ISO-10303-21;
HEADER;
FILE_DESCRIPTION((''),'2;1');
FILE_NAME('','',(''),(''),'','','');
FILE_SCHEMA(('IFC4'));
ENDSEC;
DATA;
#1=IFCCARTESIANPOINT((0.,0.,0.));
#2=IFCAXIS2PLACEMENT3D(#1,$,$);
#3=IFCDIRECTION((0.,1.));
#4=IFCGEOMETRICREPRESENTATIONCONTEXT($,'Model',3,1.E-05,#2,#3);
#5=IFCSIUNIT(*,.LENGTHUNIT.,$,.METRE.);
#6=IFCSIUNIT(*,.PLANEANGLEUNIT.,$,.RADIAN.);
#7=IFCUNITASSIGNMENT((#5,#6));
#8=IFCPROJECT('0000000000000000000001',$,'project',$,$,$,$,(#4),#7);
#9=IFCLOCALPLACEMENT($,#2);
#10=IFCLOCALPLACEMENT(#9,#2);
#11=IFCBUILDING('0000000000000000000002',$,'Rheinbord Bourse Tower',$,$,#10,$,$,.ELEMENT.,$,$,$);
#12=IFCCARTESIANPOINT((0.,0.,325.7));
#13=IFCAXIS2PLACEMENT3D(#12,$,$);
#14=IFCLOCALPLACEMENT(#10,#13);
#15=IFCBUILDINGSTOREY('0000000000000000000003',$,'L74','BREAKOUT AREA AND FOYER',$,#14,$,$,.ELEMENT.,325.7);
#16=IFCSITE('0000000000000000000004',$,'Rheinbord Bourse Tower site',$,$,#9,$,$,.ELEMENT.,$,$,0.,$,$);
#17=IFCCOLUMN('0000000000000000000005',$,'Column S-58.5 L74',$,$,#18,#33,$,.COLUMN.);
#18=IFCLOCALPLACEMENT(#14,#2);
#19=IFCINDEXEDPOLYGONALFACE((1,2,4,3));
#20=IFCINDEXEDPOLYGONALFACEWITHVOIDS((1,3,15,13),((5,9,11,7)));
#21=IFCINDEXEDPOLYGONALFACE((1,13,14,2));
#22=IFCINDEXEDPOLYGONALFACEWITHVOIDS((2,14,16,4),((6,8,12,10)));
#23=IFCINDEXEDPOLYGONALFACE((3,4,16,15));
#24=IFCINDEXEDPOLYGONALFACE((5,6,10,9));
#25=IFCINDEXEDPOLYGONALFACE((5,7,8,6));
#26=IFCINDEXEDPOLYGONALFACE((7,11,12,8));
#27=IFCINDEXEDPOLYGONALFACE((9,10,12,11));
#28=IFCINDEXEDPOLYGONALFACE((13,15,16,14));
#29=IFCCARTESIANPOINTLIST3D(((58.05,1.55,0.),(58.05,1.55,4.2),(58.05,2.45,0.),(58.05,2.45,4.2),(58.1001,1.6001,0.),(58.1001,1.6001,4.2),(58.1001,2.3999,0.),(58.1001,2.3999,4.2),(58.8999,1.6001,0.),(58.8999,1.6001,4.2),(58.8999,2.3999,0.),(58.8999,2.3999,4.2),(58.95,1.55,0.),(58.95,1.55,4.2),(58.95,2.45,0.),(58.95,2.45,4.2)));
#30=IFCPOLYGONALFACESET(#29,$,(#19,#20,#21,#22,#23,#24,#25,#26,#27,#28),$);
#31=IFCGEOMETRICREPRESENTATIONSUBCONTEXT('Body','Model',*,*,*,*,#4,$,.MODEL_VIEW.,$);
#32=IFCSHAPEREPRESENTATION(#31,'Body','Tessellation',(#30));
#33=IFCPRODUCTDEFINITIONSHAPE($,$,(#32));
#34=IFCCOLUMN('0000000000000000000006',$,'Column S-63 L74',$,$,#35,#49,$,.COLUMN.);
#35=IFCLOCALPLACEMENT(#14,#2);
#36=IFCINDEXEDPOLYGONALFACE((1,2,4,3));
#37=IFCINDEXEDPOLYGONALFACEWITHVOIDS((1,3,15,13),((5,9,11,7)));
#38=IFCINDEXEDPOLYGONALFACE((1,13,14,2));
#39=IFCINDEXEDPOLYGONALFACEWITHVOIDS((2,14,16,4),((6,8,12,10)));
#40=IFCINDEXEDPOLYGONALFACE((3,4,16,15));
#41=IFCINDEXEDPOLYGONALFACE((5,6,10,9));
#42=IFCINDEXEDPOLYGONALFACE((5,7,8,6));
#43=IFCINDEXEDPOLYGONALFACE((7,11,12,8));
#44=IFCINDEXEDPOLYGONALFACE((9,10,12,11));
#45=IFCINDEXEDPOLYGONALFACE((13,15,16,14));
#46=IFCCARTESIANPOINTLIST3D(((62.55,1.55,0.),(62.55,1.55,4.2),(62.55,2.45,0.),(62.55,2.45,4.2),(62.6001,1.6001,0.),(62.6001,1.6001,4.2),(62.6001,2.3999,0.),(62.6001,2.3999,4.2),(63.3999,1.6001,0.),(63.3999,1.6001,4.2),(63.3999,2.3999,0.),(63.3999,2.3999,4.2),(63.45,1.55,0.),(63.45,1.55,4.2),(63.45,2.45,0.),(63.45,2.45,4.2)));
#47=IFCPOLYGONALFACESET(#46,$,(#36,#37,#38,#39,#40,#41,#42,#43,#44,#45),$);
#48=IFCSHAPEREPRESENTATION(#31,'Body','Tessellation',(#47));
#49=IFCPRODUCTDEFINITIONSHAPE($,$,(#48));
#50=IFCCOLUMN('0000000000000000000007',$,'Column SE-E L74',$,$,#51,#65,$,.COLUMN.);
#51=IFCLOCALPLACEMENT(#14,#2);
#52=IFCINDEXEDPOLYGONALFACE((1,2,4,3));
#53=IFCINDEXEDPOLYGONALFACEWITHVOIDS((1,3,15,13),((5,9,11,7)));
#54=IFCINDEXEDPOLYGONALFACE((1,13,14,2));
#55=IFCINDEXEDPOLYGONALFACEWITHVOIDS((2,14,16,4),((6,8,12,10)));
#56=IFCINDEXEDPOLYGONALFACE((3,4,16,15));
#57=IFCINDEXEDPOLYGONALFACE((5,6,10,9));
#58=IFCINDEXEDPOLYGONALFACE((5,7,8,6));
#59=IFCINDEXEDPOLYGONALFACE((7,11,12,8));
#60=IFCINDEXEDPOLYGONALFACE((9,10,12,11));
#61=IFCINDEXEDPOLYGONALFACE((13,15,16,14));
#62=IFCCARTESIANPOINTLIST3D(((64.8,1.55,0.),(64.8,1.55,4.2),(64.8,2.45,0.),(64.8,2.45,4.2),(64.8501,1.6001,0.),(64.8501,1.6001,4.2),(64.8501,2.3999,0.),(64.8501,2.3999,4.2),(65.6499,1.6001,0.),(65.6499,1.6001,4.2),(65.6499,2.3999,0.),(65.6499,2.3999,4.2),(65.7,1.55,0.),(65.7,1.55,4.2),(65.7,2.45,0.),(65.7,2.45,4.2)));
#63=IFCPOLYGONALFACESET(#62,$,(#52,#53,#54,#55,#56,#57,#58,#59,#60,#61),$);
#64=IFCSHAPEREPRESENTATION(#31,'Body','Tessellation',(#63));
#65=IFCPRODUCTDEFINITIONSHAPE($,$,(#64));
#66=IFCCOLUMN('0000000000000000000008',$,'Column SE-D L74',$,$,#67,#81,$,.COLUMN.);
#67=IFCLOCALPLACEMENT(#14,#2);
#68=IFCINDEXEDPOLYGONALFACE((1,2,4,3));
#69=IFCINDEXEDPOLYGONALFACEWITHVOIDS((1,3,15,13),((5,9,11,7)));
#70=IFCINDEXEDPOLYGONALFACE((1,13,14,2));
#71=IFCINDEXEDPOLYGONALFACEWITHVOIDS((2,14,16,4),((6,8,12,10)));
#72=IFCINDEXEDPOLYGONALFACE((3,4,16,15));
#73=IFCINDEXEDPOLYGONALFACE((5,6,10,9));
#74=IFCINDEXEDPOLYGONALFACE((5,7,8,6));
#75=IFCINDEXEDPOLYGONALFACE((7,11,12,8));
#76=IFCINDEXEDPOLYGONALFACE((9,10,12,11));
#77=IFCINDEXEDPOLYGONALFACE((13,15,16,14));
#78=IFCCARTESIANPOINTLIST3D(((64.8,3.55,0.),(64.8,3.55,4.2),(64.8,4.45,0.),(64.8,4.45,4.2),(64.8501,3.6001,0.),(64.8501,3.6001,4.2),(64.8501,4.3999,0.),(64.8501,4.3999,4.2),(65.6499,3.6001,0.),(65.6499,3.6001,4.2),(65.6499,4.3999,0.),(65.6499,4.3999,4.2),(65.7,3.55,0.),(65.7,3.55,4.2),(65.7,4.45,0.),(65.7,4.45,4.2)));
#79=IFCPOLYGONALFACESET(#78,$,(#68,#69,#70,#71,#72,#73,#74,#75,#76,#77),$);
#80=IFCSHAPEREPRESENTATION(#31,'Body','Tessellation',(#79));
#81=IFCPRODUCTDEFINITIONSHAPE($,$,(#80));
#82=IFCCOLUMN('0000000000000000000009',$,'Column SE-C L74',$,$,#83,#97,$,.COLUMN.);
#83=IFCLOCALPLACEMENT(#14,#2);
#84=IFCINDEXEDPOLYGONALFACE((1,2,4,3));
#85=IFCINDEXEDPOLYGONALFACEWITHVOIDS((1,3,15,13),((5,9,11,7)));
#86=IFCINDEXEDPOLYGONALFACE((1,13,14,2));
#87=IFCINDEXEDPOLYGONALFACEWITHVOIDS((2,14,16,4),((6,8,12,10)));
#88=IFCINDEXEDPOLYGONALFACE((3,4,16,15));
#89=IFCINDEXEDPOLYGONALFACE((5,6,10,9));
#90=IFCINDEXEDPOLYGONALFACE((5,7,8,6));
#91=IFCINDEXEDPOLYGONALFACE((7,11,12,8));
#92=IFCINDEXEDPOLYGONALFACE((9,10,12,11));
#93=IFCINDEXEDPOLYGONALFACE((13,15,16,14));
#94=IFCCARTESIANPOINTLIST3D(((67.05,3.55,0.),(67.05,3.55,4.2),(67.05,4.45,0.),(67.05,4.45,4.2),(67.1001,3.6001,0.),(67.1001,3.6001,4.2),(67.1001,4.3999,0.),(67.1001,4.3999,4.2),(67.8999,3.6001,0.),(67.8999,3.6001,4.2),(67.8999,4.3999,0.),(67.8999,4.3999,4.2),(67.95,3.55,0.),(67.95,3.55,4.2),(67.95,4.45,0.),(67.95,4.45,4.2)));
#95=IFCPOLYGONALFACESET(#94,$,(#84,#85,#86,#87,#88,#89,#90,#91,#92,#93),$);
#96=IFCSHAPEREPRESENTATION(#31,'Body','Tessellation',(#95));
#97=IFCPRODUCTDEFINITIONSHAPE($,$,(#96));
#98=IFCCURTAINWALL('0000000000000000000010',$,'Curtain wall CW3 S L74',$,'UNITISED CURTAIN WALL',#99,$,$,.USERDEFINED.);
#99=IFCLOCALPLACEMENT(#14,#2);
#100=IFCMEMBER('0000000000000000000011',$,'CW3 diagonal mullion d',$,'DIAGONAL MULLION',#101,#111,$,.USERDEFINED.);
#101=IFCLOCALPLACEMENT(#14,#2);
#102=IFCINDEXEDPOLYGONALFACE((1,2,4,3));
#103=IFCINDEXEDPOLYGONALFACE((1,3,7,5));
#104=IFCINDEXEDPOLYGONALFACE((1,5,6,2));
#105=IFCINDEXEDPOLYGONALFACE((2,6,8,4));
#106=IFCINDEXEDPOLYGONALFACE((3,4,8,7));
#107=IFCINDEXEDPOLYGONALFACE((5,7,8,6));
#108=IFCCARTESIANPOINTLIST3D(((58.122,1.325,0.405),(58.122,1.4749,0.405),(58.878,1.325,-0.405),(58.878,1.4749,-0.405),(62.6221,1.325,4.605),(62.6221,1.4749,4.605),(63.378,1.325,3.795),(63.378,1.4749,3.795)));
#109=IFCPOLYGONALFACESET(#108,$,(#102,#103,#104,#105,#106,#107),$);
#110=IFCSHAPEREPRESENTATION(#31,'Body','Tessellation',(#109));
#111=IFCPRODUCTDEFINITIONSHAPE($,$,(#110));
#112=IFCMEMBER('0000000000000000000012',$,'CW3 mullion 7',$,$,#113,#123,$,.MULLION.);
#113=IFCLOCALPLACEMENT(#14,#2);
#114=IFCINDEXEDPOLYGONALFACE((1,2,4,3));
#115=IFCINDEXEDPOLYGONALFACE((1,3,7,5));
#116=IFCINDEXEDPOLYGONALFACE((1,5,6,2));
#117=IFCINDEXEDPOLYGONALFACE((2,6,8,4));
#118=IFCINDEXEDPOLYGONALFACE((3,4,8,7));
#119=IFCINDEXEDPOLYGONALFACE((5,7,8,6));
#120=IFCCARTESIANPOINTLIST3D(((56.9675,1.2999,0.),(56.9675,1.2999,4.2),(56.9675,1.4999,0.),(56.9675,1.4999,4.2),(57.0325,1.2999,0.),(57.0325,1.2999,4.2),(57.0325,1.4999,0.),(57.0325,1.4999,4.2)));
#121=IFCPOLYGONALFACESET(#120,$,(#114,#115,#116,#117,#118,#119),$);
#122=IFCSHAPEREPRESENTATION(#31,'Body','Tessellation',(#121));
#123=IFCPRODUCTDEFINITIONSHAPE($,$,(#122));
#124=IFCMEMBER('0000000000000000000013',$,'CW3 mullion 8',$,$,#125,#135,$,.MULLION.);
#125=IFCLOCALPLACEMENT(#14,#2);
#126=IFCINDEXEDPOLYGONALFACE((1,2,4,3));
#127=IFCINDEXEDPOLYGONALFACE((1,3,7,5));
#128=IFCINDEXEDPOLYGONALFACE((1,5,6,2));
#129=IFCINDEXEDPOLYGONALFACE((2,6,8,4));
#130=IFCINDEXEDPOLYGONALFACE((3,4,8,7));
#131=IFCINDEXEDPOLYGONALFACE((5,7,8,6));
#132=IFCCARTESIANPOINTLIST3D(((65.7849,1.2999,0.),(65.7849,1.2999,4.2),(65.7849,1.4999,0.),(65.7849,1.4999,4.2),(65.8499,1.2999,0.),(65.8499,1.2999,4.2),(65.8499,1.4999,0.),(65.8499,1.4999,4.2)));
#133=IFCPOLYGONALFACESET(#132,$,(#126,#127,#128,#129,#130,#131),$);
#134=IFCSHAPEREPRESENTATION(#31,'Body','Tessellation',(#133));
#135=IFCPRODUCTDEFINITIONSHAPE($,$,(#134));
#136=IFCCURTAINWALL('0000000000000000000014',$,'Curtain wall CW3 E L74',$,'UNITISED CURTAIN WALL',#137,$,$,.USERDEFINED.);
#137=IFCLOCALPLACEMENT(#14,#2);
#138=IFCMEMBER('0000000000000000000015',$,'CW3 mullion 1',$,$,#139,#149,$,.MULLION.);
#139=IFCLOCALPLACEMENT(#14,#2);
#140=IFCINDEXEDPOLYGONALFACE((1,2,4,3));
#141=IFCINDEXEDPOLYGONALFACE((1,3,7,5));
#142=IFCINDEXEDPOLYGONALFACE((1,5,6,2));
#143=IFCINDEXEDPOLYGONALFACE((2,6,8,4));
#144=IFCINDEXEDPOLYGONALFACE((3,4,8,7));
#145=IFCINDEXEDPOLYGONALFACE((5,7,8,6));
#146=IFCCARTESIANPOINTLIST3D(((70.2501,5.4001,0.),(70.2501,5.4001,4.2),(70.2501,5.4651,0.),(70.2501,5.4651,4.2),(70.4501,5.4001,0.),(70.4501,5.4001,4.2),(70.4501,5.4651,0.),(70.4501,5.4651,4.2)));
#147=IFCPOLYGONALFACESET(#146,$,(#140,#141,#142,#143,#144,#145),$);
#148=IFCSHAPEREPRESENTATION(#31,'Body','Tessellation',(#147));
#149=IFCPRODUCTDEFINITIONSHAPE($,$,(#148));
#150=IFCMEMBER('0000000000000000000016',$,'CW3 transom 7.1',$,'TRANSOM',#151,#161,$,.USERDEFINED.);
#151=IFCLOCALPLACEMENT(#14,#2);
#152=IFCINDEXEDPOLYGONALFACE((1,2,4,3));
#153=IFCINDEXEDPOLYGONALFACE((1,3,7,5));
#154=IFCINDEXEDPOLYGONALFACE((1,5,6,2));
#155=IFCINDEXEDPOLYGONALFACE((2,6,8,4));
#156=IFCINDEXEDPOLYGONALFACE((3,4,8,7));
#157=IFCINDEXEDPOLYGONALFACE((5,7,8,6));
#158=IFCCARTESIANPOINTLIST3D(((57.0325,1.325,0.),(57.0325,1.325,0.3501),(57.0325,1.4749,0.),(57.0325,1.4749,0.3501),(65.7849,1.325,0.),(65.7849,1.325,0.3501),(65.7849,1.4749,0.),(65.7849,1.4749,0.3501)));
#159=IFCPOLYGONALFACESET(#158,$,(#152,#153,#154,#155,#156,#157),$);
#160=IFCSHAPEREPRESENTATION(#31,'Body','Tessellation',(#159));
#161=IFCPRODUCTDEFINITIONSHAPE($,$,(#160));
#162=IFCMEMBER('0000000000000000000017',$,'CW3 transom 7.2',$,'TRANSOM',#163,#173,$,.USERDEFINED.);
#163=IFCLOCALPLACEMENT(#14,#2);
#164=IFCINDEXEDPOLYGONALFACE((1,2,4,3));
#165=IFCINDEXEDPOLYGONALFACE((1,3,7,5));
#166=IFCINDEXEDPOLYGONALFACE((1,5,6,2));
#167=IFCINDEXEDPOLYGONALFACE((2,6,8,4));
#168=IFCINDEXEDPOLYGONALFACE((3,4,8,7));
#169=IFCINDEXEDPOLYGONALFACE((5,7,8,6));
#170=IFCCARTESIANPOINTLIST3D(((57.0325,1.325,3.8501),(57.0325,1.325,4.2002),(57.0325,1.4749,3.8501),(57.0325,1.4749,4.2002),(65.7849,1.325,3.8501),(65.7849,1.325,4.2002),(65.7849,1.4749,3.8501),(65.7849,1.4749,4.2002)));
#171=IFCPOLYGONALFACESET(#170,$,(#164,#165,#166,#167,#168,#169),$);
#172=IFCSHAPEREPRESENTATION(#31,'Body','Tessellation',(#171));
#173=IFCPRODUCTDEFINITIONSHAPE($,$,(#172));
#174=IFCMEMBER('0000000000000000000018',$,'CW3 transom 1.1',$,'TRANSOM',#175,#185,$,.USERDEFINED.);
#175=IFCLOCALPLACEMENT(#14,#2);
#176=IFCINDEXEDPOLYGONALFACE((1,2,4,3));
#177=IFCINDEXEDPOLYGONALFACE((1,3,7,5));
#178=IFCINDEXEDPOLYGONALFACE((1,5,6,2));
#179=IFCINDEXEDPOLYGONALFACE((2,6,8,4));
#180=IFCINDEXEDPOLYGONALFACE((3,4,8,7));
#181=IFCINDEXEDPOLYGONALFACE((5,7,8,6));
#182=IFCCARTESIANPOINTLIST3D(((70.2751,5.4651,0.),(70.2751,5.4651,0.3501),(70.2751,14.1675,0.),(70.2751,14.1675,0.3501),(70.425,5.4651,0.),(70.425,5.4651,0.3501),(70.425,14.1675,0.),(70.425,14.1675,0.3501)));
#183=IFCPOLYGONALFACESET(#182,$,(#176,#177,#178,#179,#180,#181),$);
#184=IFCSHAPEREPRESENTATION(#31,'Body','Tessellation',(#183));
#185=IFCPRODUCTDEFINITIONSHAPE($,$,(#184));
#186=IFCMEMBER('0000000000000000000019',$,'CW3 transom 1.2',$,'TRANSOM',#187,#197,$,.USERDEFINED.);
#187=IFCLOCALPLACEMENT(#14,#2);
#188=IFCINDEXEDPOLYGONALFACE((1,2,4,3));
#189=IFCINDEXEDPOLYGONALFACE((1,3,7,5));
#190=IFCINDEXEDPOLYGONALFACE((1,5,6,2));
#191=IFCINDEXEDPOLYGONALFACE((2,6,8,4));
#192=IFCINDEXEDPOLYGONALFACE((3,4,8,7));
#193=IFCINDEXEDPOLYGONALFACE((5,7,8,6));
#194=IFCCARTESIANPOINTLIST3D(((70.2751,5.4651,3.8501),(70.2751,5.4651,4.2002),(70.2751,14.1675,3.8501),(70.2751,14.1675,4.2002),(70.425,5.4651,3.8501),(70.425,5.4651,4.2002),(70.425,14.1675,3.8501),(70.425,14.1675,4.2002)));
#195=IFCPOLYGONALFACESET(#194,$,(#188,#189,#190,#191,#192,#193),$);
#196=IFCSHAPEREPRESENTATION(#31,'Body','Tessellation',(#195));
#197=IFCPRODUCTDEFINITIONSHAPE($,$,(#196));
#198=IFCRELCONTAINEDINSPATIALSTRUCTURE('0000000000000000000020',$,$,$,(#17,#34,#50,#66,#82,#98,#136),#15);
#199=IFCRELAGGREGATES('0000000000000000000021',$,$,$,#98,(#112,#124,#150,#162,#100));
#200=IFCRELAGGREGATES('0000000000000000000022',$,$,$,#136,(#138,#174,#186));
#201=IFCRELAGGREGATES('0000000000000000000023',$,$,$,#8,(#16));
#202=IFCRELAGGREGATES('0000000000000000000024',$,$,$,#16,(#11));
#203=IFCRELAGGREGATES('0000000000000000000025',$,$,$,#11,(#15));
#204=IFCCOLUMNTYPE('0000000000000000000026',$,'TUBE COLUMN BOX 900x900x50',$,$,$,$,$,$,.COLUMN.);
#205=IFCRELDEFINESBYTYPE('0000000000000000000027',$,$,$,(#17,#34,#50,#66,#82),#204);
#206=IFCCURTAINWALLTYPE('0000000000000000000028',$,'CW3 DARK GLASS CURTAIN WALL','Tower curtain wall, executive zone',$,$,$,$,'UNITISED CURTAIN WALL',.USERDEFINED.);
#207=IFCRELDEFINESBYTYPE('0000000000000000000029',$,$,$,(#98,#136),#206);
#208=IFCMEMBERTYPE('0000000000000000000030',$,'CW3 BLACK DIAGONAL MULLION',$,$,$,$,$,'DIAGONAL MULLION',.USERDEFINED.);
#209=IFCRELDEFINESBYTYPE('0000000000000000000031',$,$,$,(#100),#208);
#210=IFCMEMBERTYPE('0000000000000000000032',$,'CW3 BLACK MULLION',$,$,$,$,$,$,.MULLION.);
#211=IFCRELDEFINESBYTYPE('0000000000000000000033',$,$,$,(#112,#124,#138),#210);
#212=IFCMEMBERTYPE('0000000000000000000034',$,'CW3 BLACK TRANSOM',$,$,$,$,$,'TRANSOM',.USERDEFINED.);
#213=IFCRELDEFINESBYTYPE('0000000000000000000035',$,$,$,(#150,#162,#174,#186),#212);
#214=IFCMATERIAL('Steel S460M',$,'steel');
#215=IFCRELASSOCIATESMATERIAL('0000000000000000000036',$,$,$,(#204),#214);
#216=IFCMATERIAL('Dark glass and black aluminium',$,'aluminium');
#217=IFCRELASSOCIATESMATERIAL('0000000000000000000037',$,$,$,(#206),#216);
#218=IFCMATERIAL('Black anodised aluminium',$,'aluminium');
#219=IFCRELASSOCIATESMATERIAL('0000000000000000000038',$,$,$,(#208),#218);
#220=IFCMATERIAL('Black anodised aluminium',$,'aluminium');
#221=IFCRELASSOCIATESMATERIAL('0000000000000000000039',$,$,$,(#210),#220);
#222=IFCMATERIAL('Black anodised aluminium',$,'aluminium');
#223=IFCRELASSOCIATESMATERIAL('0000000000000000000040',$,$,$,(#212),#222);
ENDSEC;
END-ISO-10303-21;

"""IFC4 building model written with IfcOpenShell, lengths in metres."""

from ifc_helpers import new_model, si_unit, direction, frame, origin, origin_2d, place, context, subcontext, project, spatial, rectangle, hollow_rectangle, extrude, material, material_profile, profile_set, type_object, element, aggregate, save


model = new_model("IFC4")

# Units and contexts
model_context = context("Model", 3, precision=1e-05, world=origin(), true_north=direction((0.0, 1.0)))
body_context = subcontext(model_context, "Body", "Model", "MODEL_VIEW")
ifc_project = project(units=[si_unit("LENGTHUNIT", "METRE"), si_unit("PLANEANGLEUNIT", "RADIAN")], contexts=[model_context])

# Site, building, storey
site_placement = place(None, origin())
site = spatial("IfcSite", under=ifc_project, at=site_placement, Name="Rheinbord Bourse Tower site", CompositionType="ELEMENT", RefElevation=0.0)
building_placement = place(site_placement, origin())
building = spatial("IfcBuilding", under=site, at=building_placement, Name="Rheinbord Bourse Tower", CompositionType="ELEMENT")
storey_placement = place(building_placement, frame((0.0, 0.0, 325.7)))
storey = spatial("IfcBuildingStorey", under=building, at=storey_placement, Name="L74", Description="BREAKOUT AREA AND FOYER", CompositionType="ELEMENT", Elevation=325.7)

# Columns
ifc_material_1 = material(Name="Steel S460M", Category="steel")
ifc_material_profile_1 = material_profile(ifc_material_1, hollow_rectangle(XDim=0.8999, YDim=0.8999, WallThickness=0.05, at=origin_2d()), Name="BOX 900x900x50")
ifc_profile_set_1 = profile_set([ifc_material_profile_1], Name="Steel S460M")
column_type = type_object("IfcColumnType", Name="TUBE COLUMN BOX 900x900x50", PredefinedType="COLUMN", material=ifc_profile_set_1)
for number, where, z_axis, x_axis, name in (
    (1, (58.5, 2.0, 0.0), (0.0, 0.0, 1.0), (0.0, 1.0, 0.0), "Column S-58.5 L74"),
    (2, (63.0, 2.0, 0.0), (0.0, 0.0, 1.0), (0.0, 1.0, 0.0), "Column S-63 L74"),
    (3, (65.25, 2.0, 0.0), (0.0, 0.0, 1.0), (0.0, 1.0, 0.0), "Column SE-E L74"),
    (4, (65.25, 4.0, 0.0), (0.0, 0.0, 1.0), (0.0, 1.0, 0.0), "Column SE-D L74"),
    (5, (67.5, 4.0, 0.0), (0.0, 0.0, 1.0), (1.0, 0.0, 0.0), "Column SE-C L74"),
):
    element("IfcColumn", number, at=place(storey_placement, frame(where, z_axis=z_axis, x_axis=x_axis)), inside=storey, type_object=column_type, Name=name, PredefinedType="COLUMN", context=body_context, shape_type="SweptSolid", body=[
        extrude(hollow_rectangle(XDim=0.8999, YDim=0.8999, WallThickness=0.05, at=origin_2d()), origin(), (0.0, 0.0, 1.0), 4.2),
    ])

# Curtain wall, members
ifc_material_2 = material(Name="Dark glass and black aluminium", Category="aluminium")
curtain_wall_type = type_object("IfcCurtainWallType", Name="CW3 DARK GLASS CURTAIN WALL", Description="Tower curtain wall, executive zone", ElementType="UNITISED CURTAIN WALL", PredefinedType="USERDEFINED", material=ifc_material_2)
curtain_wall_1_placement = place(storey_placement, origin())
curtain_wall_1 = element("IfcCurtainWall", 6, at=curtain_wall_1_placement, inside=storey, type_object=curtain_wall_type, Name="Curtain wall CW3 S L74", ObjectType="UNITISED CURTAIN WALL", PredefinedType="USERDEFINED")
ifc_material_3 = material(Name="Black anodised aluminium", Category="aluminium")
ifc_material_profile_2 = material_profile(ifc_material_3, rectangle(XDim=0.1499, YDim=1.1079, at=origin_2d()), Name="CW3 DIAGONAL MULLION 1108x150")
ifc_profile_set_2 = profile_set([ifc_material_profile_2], Name="Black anodised aluminium")
member_type_1 = type_object("IfcMemberType", Name="CW3 BLACK DIAGONAL MULLION", ElementType="DIAGONAL MULLION", PredefinedType="USERDEFINED", material=ifc_profile_set_2)
member_1_placement = place(storey_placement, frame((58.5, 1.3999, 0.0), z_axis=(0.731059, 0.0, 0.682314), x_axis=(0.0, 1.0, 0.0)))
member_1 = element("IfcMember", 7, at=member_1_placement, type_object=member_type_1, Name="CW3 diagonal mullion d", ObjectType="DIAGONAL MULLION", PredefinedType="USERDEFINED", context=body_context, shape_type="SweptSolid", body=[
    extrude(rectangle(XDim=0.1499, YDim=1.1079, at=origin_2d()), origin(), (0.0, 0.0, 1.0), 6.1555),
])
ifc_material_4 = material(Name="Black anodised aluminium", Category="aluminium")
ifc_material_profile_3 = material_profile(ifc_material_4, rectangle(XDim=0.2, YDim=0.0649, at=origin_2d()), Name="CW3 MULLION 65x200")
ifc_profile_set_3 = profile_set([ifc_material_profile_3], Name="Black anodised aluminium")
member_type_2 = type_object("IfcMemberType", Name="CW3 BLACK MULLION", PredefinedType="MULLION", material=ifc_profile_set_3)
member_2_placement = place(storey_placement, frame((57.0, 1.3999, 0.0), z_axis=(0.0, 0.0, 1.0), x_axis=(0.0, 1.0, 0.0)))
member_2 = element("IfcMember", 8, at=member_2_placement, type_object=member_type_2, Name="CW3 mullion 7", PredefinedType="MULLION", context=body_context, shape_type="SweptSolid", body=[
    extrude(rectangle(XDim=0.2, YDim=0.0649, at=origin_2d()), origin(), (0.0, 0.0, 1.0), 4.2),
])
member_3_placement = place(storey_placement, frame((65.8174, 1.3999, 0.0), z_axis=(0.0, 0.0, 1.0), x_axis=(0.0, 1.0, 0.0)))
member_3 = element("IfcMember", 9, at=member_3_placement, type_object=member_type_2, Name="CW3 mullion 8", PredefinedType="MULLION", context=body_context, shape_type="SweptSolid", body=[
    extrude(rectangle(XDim=0.2, YDim=0.0649, at=origin_2d()), origin(), (0.0, 0.0, 1.0), 4.2),
])

# Curtain wall, member
curtain_wall_2_placement = place(storey_placement, origin())
curtain_wall_2 = element("IfcCurtainWall", 10, at=curtain_wall_2_placement, inside=storey, type_object=curtain_wall_type, Name="Curtain wall CW3 E L74", ObjectType="UNITISED CURTAIN WALL", PredefinedType="USERDEFINED")
member_4_placement = place(storey_placement, frame((70.3501, 5.4326, 0.0), z_axis=(0.0, 0.0, 1.0), x_axis=(-1.0, 0.0, 0.0)))
member_4 = element("IfcMember", 11, at=member_4_placement, type_object=member_type_2, Name="CW3 mullion 1", PredefinedType="MULLION", context=body_context, shape_type="SweptSolid", body=[
    extrude(rectangle(XDim=0.2, YDim=0.0649, at=origin_2d()), origin(), (0.0, 0.0, 1.0), 4.2),
])

# Members
ifc_material_5 = material(Name="Black anodised aluminium", Category="aluminium")
ifc_material_profile_4 = material_profile(ifc_material_5, rectangle(XDim=0.1499, YDim=0.3501, at=origin_2d()), Name="CW3 TRANSOM 350x150")
ifc_profile_set_4 = profile_set([ifc_material_profile_4], Name="Black anodised aluminium")
member_type_3 = type_object("IfcMemberType", Name="CW3 BLACK TRANSOM", ElementType="TRANSOM", PredefinedType="USERDEFINED", material=ifc_profile_set_4)
member_5_placement = place(storey_placement, frame((57.0325, 1.3999, 0.175), z_axis=(1.0, 0.0, 0.0), x_axis=(0.0, 1.0, 0.0)))
member_5 = element("IfcMember", 12, at=member_5_placement, type_object=member_type_3, Name="CW3 transom 7.1", ObjectType="TRANSOM", PredefinedType="USERDEFINED", context=body_context, shape_type="SweptSolid", body=[
    extrude(rectangle(XDim=0.1499, YDim=0.3501, at=origin_2d()), origin(), (0.0, 0.0, 1.0), 8.7524),
])
member_6_placement = place(storey_placement, frame((57.0325, 1.3999, 4.0251), z_axis=(1.0, 0.0, 0.0), x_axis=(0.0, 1.0, 0.0)))
member_6 = element("IfcMember", 13, at=member_6_placement, type_object=member_type_3, Name="CW3 transom 7.2", ObjectType="TRANSOM", PredefinedType="USERDEFINED", context=body_context, shape_type="SweptSolid", body=[
    extrude(rectangle(XDim=0.1499, YDim=0.3501, at=origin_2d()), origin(), (0.0, 0.0, 1.0), 8.7524),
])
member_7_placement = place(storey_placement, frame((70.3501, 5.4651, 0.175), z_axis=(0.0, 1.0, 0.0), x_axis=(-1.0, 0.0, 0.0)))
member_7 = element("IfcMember", 14, at=member_7_placement, type_object=member_type_3, Name="CW3 transom 1.1", ObjectType="TRANSOM", PredefinedType="USERDEFINED", context=body_context, shape_type="SweptSolid", body=[
    extrude(rectangle(XDim=0.1499, YDim=0.3501, at=origin_2d()), origin(), (0.0, 0.0, 1.0), 8.7024),
])
member_8_placement = place(storey_placement, frame((70.3501, 5.4651, 4.0251), z_axis=(0.0, 1.0, 0.0), x_axis=(-1.0, 0.0, 0.0)))
member_8 = element("IfcMember", 15, at=member_8_placement, type_object=member_type_3, Name="CW3 transom 1.2", ObjectType="TRANSOM", PredefinedType="USERDEFINED", context=body_context, shape_type="SweptSolid", body=[
    extrude(rectangle(XDim=0.1499, YDim=0.3501, at=origin_2d()), origin(), (0.0, 0.0, 1.0), 8.7024),
])

aggregate(curtain_wall_1, [member_2, member_3, member_5, member_6, member_1])
aggregate(curtain_wall_2, [member_4, member_7, member_8])

save(model, "model.ifc")
